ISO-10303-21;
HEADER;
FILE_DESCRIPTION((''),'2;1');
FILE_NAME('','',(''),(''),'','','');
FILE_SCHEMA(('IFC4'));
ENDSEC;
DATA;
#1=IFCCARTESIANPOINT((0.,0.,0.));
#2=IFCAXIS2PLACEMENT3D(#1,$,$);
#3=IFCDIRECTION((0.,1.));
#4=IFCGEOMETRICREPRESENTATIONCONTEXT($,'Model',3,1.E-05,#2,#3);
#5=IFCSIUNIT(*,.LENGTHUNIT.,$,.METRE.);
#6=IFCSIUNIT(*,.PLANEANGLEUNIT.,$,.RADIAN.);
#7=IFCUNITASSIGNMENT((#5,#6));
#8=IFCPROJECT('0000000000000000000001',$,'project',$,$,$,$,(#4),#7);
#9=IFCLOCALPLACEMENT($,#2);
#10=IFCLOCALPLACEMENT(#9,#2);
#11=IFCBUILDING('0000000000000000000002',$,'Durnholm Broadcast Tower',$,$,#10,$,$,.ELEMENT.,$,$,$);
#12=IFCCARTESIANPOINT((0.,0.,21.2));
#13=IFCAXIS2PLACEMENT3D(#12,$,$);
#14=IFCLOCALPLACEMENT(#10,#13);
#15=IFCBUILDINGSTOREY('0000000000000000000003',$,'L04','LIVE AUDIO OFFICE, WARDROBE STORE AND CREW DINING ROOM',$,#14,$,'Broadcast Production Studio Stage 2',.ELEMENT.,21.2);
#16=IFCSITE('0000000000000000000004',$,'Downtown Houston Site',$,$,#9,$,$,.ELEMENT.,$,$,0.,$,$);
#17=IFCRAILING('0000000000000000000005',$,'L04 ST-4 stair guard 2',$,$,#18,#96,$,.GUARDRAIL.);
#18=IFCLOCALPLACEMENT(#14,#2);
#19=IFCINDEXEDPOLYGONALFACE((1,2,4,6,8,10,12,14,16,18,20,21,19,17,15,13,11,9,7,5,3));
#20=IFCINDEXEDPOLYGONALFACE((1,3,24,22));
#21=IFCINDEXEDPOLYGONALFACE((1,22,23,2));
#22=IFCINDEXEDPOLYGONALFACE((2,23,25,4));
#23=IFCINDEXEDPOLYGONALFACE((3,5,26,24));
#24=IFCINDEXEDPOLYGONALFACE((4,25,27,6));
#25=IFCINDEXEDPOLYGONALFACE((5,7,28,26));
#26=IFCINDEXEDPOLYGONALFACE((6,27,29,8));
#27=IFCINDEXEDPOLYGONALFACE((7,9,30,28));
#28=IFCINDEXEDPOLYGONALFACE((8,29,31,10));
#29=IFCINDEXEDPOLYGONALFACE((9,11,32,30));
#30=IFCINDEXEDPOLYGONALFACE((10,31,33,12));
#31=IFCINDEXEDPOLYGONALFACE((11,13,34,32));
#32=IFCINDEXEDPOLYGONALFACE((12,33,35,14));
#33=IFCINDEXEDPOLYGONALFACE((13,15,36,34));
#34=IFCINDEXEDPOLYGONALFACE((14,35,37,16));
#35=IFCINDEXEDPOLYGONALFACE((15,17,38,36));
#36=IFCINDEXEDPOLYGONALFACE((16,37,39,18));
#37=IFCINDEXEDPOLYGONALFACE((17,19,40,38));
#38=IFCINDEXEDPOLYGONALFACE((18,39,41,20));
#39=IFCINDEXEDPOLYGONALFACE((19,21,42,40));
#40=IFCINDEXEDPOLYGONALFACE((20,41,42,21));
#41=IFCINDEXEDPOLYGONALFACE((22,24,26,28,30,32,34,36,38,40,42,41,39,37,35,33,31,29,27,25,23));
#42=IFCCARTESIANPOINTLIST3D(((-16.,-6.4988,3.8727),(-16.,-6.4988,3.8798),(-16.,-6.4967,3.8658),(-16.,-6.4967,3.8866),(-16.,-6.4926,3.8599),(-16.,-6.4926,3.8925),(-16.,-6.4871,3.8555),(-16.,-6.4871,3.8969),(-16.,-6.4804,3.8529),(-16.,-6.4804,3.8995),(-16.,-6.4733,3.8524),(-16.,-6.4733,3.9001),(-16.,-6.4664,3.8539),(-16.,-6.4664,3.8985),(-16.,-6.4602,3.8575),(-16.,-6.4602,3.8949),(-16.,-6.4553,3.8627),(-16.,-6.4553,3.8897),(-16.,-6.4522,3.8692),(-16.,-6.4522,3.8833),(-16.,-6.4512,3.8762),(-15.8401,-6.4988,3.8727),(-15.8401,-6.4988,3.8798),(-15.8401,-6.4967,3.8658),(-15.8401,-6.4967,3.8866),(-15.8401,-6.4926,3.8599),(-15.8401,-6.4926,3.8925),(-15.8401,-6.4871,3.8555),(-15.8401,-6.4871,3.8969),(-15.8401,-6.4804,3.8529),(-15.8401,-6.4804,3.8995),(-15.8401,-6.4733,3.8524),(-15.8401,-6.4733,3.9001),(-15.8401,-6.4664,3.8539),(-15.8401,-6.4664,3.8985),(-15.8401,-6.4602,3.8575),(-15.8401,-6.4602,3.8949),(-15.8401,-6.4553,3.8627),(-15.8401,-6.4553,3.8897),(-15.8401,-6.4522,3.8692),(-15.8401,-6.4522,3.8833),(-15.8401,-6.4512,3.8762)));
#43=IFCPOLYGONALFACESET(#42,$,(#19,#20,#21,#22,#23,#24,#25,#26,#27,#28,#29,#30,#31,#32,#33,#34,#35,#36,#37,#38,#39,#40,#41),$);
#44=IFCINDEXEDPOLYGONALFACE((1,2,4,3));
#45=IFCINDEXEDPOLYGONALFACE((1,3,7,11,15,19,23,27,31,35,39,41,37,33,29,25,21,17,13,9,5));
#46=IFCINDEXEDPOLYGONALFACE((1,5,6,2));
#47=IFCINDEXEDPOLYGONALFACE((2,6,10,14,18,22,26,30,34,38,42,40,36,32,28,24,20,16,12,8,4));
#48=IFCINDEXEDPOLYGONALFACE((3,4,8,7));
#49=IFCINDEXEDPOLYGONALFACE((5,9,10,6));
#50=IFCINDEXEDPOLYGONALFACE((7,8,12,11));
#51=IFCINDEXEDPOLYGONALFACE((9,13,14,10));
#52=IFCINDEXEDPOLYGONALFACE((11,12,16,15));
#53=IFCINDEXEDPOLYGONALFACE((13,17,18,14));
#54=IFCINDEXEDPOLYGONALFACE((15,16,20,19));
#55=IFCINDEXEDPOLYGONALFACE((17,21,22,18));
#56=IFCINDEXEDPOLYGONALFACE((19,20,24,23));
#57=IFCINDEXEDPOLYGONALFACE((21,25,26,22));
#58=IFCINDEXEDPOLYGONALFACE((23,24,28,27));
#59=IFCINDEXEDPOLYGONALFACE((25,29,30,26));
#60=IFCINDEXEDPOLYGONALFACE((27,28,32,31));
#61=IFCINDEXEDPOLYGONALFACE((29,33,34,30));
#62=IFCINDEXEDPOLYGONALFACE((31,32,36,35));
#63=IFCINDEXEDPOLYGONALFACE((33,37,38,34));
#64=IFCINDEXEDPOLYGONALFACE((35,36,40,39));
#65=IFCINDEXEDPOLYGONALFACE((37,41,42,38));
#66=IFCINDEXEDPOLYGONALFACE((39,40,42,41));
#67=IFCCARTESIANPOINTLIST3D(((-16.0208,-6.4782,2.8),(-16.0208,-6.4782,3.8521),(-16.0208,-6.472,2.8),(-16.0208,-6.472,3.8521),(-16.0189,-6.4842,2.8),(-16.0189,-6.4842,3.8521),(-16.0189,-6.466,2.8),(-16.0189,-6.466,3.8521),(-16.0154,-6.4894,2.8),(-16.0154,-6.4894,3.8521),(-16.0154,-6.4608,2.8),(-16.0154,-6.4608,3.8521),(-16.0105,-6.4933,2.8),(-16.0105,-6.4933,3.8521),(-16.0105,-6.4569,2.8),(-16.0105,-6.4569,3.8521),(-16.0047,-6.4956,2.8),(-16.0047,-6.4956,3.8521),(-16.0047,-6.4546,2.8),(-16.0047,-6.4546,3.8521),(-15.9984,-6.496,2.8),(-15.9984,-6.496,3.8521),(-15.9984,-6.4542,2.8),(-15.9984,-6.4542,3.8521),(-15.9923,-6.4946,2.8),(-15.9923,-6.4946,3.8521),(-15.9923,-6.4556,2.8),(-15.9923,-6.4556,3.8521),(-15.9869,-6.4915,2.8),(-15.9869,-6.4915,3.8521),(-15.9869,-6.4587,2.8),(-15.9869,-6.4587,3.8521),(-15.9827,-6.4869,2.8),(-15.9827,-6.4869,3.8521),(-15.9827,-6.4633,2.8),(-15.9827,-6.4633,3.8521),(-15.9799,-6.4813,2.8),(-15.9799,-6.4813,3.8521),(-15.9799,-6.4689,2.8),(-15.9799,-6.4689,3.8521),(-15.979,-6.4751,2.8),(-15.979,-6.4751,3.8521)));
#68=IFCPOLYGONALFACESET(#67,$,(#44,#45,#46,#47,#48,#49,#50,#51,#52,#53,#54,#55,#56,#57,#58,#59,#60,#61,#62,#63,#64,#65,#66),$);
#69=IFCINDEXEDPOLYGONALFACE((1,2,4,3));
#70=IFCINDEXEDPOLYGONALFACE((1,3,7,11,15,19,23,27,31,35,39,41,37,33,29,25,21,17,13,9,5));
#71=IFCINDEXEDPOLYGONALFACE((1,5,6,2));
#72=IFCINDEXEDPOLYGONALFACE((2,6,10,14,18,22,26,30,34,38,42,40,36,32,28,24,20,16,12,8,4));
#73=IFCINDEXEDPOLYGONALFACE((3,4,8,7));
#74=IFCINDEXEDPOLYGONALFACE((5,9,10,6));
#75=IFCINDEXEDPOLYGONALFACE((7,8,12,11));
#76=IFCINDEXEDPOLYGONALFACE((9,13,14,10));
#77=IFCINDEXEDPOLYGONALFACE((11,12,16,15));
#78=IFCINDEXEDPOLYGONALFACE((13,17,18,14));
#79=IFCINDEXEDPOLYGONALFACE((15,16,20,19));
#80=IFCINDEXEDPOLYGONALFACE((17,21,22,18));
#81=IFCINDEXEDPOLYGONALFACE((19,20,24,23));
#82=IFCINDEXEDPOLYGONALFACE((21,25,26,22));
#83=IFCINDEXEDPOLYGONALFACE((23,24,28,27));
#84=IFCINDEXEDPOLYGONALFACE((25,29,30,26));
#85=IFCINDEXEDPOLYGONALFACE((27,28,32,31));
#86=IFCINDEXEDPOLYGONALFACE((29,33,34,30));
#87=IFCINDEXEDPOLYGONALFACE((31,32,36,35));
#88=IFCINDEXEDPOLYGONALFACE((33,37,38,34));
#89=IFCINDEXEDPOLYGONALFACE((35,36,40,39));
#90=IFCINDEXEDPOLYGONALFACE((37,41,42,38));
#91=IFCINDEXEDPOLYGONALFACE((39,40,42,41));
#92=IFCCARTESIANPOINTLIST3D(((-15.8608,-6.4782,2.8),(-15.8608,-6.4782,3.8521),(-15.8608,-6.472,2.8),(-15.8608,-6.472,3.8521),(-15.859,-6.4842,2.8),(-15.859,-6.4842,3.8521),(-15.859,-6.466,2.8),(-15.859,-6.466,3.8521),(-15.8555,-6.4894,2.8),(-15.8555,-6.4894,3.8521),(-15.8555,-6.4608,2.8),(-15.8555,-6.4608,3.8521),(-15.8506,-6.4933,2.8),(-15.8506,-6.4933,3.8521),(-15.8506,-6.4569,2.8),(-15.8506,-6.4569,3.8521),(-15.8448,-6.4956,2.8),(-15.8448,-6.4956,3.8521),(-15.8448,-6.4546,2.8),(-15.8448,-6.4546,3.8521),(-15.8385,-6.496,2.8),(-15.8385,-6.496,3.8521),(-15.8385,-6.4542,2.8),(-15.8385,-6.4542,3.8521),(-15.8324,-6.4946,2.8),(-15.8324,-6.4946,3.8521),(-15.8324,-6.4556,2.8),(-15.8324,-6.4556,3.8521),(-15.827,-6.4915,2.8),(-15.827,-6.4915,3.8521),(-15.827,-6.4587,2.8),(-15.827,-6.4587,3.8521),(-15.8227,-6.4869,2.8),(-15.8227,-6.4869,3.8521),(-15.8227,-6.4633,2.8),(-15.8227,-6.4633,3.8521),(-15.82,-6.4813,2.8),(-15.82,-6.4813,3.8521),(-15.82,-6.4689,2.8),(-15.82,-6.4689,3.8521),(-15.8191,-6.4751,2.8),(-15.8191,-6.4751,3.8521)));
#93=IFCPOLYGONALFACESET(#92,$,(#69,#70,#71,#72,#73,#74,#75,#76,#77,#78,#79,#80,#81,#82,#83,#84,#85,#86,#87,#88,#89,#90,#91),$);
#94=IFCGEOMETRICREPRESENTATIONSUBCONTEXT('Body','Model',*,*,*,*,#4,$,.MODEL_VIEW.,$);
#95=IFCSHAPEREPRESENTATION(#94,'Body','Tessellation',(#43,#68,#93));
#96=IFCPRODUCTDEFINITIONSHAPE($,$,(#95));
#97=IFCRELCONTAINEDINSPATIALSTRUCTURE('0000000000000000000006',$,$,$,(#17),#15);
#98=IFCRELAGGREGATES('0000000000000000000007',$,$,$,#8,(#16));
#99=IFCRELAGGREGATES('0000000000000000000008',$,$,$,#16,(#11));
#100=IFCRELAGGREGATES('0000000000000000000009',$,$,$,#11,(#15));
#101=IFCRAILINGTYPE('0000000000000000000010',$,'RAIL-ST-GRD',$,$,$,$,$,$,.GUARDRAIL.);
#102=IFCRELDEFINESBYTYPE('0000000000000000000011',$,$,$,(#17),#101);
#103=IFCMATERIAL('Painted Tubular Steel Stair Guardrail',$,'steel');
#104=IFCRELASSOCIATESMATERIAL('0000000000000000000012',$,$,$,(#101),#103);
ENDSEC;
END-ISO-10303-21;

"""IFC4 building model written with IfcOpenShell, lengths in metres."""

from ifc_helpers import new_model, si_unit, direction, frame, origin, origin_2d, place, context, subcontext, project, spatial, circle, extrude, material, type_object, element, save


model = new_model("IFC4")

# Units and contexts
model_context = context("Model", 3, precision=1e-05, world=origin(), true_north=direction((0.0, 1.0)))
body_context = subcontext(model_context, "Body", "Model", "MODEL_VIEW")
ifc_project = project(units=[si_unit("LENGTHUNIT", "METRE"), si_unit("PLANEANGLEUNIT", "RADIAN")], contexts=[model_context])

# Site, building, storey
site_placement = place(None, origin())
site = spatial("IfcSite", under=ifc_project, at=site_placement, Name="Downtown Houston Site", CompositionType="ELEMENT", RefElevation=0.0)
building_placement = place(site_placement, origin())
building = spatial("IfcBuilding", under=site, at=building_placement, Name="Durnholm Broadcast Tower", CompositionType="ELEMENT")
storey_placement = place(building_placement, frame((0.0, 0.0, 21.2)))
storey = spatial("IfcBuildingStorey", under=building, at=storey_placement, Name="L04", Description="LIVE AUDIO OFFICE, WARDROBE STORE AND CREW DINING ROOM", LongName="Broadcast Production Studio Stage 2", CompositionType="ELEMENT", Elevation=21.2)

# Railing
ifc_material_1 = material(Name="Painted Tubular Steel Stair Guardrail", Category="steel")
railing_type_1 = type_object("IfcRailingType", Name="RAIL-ST-GRD", PredefinedType="GUARDRAIL", material=ifc_material_1)
railing_1_placement = place(storey_placement, frame((-16.0, -6.4751, 2.8)))
element("IfcRailing", 1, at=railing_1_placement, inside=storey, type_object=railing_type_1, Name="L04 ST-4 stair guard 2", PredefinedType="GUARDRAIL", context=body_context, shape_type="SweptSolid", body=[
    extrude(circle(Radius=0.0239, at=origin_2d()), frame((0.0, 0.0, 1.0762), z_axis=(1.0, 0.0, 0.0), x_axis=(0.0, 1.0, 0.0)), (0.0, 0.0, 1.0), 0.1599),
    extrude(circle(Radius=0.021, at=origin_2d()), origin(), (0.0, 0.0, 1.0), 1.052),
    extrude(circle(Radius=0.021, at=origin_2d()), frame((0.1599, 0.0, 0.0)), (0.0, 0.0, 1.0), 1.052),
])

save(model, "model.ifc")
